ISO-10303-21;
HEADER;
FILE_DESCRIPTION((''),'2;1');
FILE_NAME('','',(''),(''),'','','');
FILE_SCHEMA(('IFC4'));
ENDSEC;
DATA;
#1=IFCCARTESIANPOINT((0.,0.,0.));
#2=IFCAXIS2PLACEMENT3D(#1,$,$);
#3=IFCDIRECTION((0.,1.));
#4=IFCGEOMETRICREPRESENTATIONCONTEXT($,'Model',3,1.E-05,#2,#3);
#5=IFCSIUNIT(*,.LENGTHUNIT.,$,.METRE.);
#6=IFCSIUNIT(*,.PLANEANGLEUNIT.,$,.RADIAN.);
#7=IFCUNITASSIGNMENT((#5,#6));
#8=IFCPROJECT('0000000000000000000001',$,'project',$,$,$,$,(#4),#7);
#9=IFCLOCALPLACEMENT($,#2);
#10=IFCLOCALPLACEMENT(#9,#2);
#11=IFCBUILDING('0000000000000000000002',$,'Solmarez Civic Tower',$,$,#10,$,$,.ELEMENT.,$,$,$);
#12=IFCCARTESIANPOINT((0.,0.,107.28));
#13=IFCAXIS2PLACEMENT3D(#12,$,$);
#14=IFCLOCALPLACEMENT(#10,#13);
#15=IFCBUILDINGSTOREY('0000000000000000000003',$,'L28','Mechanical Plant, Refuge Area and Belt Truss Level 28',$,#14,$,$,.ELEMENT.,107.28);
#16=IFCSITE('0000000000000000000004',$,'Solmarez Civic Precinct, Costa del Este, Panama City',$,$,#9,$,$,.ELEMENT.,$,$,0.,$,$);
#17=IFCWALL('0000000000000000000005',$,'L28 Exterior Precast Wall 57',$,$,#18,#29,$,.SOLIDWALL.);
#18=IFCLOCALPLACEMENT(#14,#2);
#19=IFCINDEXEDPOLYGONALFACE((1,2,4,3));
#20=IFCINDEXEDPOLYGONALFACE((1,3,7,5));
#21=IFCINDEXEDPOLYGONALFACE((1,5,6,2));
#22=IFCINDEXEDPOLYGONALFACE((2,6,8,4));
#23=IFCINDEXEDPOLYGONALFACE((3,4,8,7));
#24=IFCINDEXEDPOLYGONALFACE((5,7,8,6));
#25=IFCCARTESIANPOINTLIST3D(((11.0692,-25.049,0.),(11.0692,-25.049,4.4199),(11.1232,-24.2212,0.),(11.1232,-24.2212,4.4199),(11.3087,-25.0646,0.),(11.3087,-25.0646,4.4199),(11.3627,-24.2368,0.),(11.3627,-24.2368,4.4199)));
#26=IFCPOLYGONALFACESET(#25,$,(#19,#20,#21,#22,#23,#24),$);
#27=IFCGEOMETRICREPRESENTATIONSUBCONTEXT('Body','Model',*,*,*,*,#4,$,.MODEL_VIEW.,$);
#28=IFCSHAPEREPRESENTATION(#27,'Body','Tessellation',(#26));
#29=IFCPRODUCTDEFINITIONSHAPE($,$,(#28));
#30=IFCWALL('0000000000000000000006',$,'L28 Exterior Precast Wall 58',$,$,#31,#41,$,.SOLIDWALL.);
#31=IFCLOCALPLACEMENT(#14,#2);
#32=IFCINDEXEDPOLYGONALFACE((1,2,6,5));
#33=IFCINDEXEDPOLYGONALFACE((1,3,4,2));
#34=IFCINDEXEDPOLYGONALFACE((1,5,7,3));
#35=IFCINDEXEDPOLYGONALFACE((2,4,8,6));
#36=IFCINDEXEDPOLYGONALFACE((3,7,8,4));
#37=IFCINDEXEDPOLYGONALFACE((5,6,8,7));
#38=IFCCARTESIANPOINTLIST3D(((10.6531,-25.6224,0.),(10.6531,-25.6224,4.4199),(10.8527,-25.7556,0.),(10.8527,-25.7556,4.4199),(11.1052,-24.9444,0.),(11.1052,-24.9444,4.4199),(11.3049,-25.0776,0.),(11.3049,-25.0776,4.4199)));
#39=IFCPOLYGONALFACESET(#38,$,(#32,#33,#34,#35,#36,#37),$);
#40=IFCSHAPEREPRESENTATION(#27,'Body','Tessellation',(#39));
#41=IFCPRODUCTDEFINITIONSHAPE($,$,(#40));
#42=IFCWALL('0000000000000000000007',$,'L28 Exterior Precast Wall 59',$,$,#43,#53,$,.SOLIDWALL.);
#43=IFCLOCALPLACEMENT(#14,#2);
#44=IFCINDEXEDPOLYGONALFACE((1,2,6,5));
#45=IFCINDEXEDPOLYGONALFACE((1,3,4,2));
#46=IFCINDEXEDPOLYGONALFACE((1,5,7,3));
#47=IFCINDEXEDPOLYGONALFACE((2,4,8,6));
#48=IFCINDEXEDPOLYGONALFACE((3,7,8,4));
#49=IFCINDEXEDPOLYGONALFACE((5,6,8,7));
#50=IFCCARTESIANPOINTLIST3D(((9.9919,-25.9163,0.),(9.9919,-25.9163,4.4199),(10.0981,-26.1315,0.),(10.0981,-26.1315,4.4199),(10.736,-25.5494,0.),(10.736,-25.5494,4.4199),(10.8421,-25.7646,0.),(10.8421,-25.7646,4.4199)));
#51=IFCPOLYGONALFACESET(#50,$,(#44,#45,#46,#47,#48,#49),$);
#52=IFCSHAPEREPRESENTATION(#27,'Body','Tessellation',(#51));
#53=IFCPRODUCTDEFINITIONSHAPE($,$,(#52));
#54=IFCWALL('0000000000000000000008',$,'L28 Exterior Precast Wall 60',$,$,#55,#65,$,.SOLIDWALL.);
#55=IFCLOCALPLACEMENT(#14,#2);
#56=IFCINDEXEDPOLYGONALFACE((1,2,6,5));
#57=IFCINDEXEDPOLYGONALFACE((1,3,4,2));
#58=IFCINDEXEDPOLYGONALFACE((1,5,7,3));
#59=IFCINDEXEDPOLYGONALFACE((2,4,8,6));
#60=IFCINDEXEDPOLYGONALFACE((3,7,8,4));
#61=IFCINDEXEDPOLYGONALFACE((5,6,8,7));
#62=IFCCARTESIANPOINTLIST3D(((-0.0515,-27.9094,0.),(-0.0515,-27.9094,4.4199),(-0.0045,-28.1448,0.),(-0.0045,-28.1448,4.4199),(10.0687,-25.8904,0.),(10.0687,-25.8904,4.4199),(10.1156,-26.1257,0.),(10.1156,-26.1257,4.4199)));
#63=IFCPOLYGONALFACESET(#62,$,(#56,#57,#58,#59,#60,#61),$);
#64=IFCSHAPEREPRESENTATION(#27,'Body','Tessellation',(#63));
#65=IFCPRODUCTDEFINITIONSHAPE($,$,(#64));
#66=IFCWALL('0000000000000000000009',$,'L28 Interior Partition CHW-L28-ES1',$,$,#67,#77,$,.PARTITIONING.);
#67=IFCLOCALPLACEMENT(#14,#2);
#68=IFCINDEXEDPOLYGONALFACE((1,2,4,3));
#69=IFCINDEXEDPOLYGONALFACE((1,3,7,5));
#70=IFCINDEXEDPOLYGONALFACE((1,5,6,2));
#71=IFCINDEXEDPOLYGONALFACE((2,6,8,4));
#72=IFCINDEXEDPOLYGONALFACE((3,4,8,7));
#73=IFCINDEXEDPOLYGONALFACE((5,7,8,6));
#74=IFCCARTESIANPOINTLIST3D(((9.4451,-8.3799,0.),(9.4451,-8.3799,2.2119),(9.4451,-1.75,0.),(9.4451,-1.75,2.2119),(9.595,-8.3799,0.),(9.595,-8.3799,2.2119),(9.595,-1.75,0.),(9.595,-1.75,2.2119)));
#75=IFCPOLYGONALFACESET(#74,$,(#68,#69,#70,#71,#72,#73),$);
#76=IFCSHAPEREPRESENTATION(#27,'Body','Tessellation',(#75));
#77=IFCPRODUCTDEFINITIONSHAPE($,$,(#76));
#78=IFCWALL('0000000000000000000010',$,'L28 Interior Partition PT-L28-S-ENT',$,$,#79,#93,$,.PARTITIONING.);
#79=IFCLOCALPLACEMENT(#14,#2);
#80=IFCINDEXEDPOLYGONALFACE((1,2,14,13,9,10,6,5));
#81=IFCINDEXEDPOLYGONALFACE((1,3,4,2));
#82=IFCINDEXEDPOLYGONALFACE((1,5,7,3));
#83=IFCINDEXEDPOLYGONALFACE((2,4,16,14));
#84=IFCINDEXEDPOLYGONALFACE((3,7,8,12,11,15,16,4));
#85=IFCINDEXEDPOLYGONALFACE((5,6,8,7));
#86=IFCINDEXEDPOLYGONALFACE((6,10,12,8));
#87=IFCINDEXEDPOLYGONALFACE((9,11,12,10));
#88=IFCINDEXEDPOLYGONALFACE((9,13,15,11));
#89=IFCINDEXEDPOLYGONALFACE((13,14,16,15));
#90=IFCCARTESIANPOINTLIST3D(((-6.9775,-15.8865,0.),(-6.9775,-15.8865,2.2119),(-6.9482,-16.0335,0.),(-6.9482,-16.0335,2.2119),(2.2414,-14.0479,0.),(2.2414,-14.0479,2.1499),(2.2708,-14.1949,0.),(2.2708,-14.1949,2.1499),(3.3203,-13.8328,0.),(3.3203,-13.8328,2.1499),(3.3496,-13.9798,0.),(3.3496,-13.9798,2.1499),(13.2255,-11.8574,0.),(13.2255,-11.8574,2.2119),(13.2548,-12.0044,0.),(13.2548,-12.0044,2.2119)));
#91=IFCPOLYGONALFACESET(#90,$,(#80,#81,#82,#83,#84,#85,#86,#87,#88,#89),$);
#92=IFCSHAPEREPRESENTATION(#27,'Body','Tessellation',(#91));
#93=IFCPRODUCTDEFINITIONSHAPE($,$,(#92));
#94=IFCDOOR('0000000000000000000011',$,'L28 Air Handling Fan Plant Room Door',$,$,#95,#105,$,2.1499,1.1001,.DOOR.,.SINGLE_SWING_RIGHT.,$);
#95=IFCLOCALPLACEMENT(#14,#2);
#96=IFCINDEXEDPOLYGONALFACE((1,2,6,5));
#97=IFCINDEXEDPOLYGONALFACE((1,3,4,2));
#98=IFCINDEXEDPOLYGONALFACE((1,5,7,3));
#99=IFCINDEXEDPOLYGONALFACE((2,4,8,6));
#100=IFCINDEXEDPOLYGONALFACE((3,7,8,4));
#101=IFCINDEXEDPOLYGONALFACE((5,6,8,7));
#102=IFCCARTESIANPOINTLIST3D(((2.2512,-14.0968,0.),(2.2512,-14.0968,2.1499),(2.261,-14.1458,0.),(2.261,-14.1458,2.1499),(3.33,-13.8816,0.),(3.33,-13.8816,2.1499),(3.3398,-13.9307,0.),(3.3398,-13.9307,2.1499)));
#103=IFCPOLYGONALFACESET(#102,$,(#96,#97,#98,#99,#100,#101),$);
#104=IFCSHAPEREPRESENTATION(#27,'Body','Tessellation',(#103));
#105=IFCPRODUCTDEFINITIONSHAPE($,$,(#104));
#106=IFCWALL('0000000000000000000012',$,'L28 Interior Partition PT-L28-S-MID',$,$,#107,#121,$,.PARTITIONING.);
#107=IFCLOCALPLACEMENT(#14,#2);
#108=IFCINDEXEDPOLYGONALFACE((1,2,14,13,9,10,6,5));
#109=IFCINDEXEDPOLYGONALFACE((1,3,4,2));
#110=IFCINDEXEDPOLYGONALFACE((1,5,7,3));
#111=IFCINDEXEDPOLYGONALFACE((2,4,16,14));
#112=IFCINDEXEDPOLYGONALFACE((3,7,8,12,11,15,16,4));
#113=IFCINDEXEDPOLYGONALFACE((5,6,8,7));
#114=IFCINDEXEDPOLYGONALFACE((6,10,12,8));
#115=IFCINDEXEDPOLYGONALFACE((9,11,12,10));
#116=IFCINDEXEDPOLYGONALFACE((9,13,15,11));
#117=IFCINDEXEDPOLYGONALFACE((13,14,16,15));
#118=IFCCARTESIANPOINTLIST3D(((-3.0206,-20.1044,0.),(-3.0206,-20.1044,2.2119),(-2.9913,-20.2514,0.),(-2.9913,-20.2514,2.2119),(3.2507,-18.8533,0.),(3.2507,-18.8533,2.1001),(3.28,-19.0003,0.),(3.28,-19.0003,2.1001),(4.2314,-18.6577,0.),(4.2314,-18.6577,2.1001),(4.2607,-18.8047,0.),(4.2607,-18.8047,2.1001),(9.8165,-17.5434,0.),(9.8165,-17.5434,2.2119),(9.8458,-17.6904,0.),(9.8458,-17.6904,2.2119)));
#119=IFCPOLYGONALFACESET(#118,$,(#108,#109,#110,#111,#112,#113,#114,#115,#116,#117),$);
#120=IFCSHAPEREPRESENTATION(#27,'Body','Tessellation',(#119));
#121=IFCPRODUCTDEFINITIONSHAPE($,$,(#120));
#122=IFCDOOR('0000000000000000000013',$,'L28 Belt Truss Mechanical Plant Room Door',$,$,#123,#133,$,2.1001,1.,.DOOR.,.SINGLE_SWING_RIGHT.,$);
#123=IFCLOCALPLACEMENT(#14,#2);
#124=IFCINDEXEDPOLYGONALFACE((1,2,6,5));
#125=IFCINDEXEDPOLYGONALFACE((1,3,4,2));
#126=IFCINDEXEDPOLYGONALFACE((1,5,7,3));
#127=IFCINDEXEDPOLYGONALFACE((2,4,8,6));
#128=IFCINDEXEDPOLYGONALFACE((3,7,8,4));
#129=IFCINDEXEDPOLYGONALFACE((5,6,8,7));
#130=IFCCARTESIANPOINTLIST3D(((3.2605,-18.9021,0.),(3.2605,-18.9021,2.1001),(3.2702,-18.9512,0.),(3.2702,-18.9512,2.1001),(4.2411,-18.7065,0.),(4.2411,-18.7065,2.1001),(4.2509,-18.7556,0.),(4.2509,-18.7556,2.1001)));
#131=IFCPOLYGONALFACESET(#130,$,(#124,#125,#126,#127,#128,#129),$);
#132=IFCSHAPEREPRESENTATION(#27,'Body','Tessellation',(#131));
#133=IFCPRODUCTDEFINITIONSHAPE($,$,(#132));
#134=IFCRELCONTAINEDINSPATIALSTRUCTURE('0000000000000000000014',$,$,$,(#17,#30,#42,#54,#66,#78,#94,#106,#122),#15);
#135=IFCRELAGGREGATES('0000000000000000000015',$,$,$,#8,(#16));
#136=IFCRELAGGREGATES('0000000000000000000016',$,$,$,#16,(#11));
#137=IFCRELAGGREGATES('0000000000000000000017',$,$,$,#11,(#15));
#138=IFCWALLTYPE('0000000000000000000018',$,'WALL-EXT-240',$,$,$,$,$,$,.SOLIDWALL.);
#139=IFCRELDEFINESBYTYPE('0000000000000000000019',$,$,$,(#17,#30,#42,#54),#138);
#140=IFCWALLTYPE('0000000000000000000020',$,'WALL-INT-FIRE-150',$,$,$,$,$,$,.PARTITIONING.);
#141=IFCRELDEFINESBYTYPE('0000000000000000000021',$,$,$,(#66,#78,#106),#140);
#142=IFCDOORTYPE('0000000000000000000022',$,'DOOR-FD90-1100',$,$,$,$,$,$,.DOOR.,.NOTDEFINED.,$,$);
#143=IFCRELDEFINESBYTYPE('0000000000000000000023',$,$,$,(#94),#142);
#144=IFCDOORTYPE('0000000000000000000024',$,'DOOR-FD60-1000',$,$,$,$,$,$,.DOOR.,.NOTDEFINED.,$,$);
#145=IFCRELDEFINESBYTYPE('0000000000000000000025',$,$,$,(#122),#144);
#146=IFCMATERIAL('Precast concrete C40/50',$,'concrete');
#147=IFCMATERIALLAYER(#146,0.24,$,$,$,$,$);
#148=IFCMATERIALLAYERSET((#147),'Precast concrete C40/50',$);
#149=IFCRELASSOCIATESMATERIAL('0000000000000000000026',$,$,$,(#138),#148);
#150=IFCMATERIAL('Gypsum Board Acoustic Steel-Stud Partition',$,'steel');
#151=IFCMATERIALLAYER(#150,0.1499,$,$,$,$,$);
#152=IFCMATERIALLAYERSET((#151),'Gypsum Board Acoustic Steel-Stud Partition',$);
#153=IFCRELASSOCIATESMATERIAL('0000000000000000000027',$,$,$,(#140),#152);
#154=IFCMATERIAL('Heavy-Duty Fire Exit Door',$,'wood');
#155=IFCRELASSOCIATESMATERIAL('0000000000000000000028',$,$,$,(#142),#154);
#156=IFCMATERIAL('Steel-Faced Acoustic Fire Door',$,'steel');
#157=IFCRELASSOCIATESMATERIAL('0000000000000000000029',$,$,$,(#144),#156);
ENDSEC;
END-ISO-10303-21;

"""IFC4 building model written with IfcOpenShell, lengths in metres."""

from ifc_helpers import new_model, si_unit, direction, frame, frame_2d, origin, place, context, subcontext, project, spatial, rectangle, extrude, material, layer, layer_set, type_object, element, fill, save


model = new_model("IFC4")

# Units and contexts
model_context = context("Model", 3, precision=1e-05, world=origin(), true_north=direction((0.0, 1.0)))
body_context = subcontext(model_context, "Body", "Model", "MODEL_VIEW")
ifc_project = project(units=[si_unit("LENGTHUNIT", "METRE"), si_unit("PLANEANGLEUNIT", "RADIAN")], contexts=[model_context])

# Site, building, storey
site_placement = place(None, origin())
site = spatial("IfcSite", under=ifc_project, at=site_placement, Name="Solmarez Civic Precinct, Costa del Este, Panama City", CompositionType="ELEMENT", RefElevation=0.0)
building_placement = place(site_placement, origin())
building = spatial("IfcBuilding", under=site, at=building_placement, Name="Solmarez Civic Tower", CompositionType="ELEMENT")
storey_placement = place(building_placement, frame((0.0, 0.0, 107.28)))
storey = spatial("IfcBuildingStorey", under=building, at=storey_placement, Name="L28", Description="Mechanical Plant, Refuge Area and Belt Truss Level 28", CompositionType="ELEMENT", Elevation=107.28)

# Walls
ifc_material_1 = material(Name="Precast concrete C40/50", Category="concrete")
ifc_layer_1 = layer(ifc_material_1, 0.24)
ifc_layer_set_1 = layer_set([ifc_layer_1], Name="Precast concrete C40/50")
wall_type_1 = type_object("IfcWallType", Name="WALL-EXT-240", PredefinedType="SOLIDWALL", material=ifc_layer_set_1)
wall_1_placement = place(storey_placement, frame((11.2429, -24.229, 0.0), z_axis=(0.0, 0.0, 1.0), x_axis=(-0.065035, -0.997883, 0.0)))
element("IfcWall", 1, at=wall_1_placement, inside=storey, type_object=wall_type_1, Name="L28 Exterior Precast Wall 57", PredefinedType="SOLIDWALL", context=body_context, shape_type="SweptSolid", body=[
    extrude(rectangle(XDim=0.8296, YDim=0.24, at=frame_2d((0.4148, 0.0))), origin(), (0.0, 0.0, 1.0), 4.4199),
])
wall_2_placement = place(storey_placement, frame((11.2051, -25.011, 0.0), z_axis=(0.0, 0.0, 1.0), x_axis=(-0.554838, -0.831958, 0.0)))
element("IfcWall", 2, at=wall_2_placement, inside=storey, type_object=wall_type_1, Name="L28 Exterior Precast Wall 58", PredefinedType="SOLIDWALL", context=body_context, shape_type="SweptSolid", body=[
    extrude(rectangle(XDim=0.8149, YDim=0.24, at=frame_2d((0.4075, 0.0))), origin(), (0.0, 0.0, 1.0), 4.4199),
])
wall_3_placement = place(storey_placement, frame((10.7891, -25.657, 0.0), z_axis=(0.0, 0.0, 1.0), x_axis=(-0.896885, -0.442263, 0.0)))
element("IfcWall", 3, at=wall_3_placement, inside=storey, type_object=wall_type_1, Name="L28 Exterior Precast Wall 59", PredefinedType="SOLIDWALL", context=body_context, shape_type="SweptSolid", body=[
    extrude(rectangle(XDim=0.8296, YDim=0.24, at=frame_2d((0.4148, 0.0))), origin(), (0.0, 0.0, 1.0), 4.4199),
])
wall_4_placement = place(storey_placement, frame((10.092, -26.0081, 0.0), z_axis=(0.0, 0.0, 1.0), x_axis=(-0.980673, -0.195652, 0.0)))
element("IfcWall", 4, at=wall_4_placement, inside=storey, type_object=wall_type_1, Name="L28 Exterior Precast Wall 60", PredefinedType="SOLIDWALL", context=body_context, shape_type="SweptSolid", body=[
    extrude(rectangle(XDim=10.3196, YDim=0.24, at=frame_2d((5.1597, 0.0))), origin(), (0.0, 0.0, 1.0), 4.4199),
])
ifc_material_2 = material(Name="Gypsum Board Acoustic Steel-Stud Partition", Category="steel")
ifc_layer_2 = layer(ifc_material_2, 0.1499)
ifc_layer_set_2 = layer_set([ifc_layer_2], Name="Gypsum Board Acoustic Steel-Stud Partition")
wall_type_2 = type_object("IfcWallType", Name="WALL-INT-FIRE-150", PredefinedType="PARTITIONING", material=ifc_layer_set_2)
wall_5_placement = place(storey_placement, frame((9.52, -8.3799, 0.0), z_axis=(0.0, 0.0, 1.0), x_axis=(0.0, 1.0, 0.0)))
element("IfcWall", 5, at=wall_5_placement, inside=storey, type_object=wall_type_2, Name="L28 Interior Partition CHW-L28-ES1", PredefinedType="PARTITIONING", context=body_context, shape_type="SweptSolid", body=[
    extrude(rectangle(XDim=6.6299, YDim=0.1499, at=frame_2d((3.3149, 0.0))), origin(), (0.0, 0.0, 1.0), 2.2119),
])

# Walls, openings, doors
wall_6_placement = place(storey_placement, frame((13.24, -11.9309, 0.0), z_axis=(0.0, 0.0, 1.0), x_axis=(-0.980688, -0.195578, 0.0)))
wall_6 = element("IfcWall", 6, at=wall_6_placement, inside=storey, type_object=wall_type_2, Name="L28 Interior Partition PT-L28-S-ENT", PredefinedType="PARTITIONING", context=body_context, shape_type="SweptSolid", body=[
    extrude(rectangle(XDim=20.6008, YDim=0.1499, at=frame_2d((10.3003, 0.0))), origin(), (0.0, 0.0, 1.0), 2.2119),
])
opening_1_placement = place(wall_6_placement, frame((10.1001, 0.0, 0.0)))
opening_1 = element("IfcOpeningElement", 7, at=opening_1_placement, cuts=wall_6, PredefinedType="OPENING", context=body_context, shape_type="SweptSolid", body=[
    extrude(rectangle(XDim=1.1001, YDim=2.1499, at=frame_2d((0.55, 1.075))), frame((0.0, 0.085, 0.0), z_axis=(0.0, -1.0, 0.0), x_axis=(1.0, 0.0, 0.0)), (0.0, 0.0, 1.0), 0.1699),
])
ifc_material_3 = material(Name="Heavy-Duty Fire Exit Door", Category="wood")
door_type_1 = type_object("IfcDoorType", Name="DOOR-FD90-1100", OperationType="NOTDEFINED", PredefinedType="DOOR", material=ifc_material_3)
door_1_placement = place(opening_1_placement, origin())
door_1 = element("IfcDoor", 8, at=door_1_placement, inside=storey, type_object=door_type_1, Name="L28 Air Handling Fan Plant Room Door", OperationType="SINGLE_SWING_RIGHT", OverallHeight=2.1499, OverallWidth=1.1001, PredefinedType="DOOR", context=body_context, shape_type="SweptSolid", body=[
    extrude(rectangle(XDim=1.1001, YDim=2.1499, at=frame_2d((0.55, 1.075))), frame((0.0, 0.0249, 0.0), z_axis=(0.0, -1.0, 0.0), x_axis=(1.0, 0.0, 0.0)), (0.0, 0.0, 1.0), 0.05),
])
fill(opening_1, door_1)
wall_7_placement = place(storey_placement, frame((9.8311, -17.6169, 0.0), z_axis=(0.0, 0.0, 1.0), x_axis=(-0.980675, -0.195646, 0.0)))
wall_7 = element("IfcWall", 9, at=wall_7_placement, inside=storey, type_object=wall_type_2, Name="L28 Interior Partition PT-L28-S-MID", PredefinedType="PARTITIONING", context=body_context, shape_type="SweptSolid", body=[
    extrude(rectangle(XDim=13.0901, YDim=0.1499, at=frame_2d((6.5449, 0.0))), origin(), (0.0, 0.0, 1.0), 2.2119),
])
opening_2_placement = place(wall_7_placement, frame((5.6951, 0.0, 0.0)))
opening_2 = element("IfcOpeningElement", 10, at=opening_2_placement, cuts=wall_7, PredefinedType="OPENING", context=body_context, shape_type="SweptSolid", body=[
    extrude(rectangle(XDim=1.0, YDim=2.1001, at=frame_2d((0.5, 1.05))), frame((0.0, 0.085, 0.0), z_axis=(0.0, -1.0, 0.0), x_axis=(1.0, 0.0, 0.0)), (0.0, 0.0, 1.0), 0.1699),
])
ifc_material_4 = material(Name="Steel-Faced Acoustic Fire Door", Category="steel")
door_type_2 = type_object("IfcDoorType", Name="DOOR-FD60-1000", OperationType="NOTDEFINED", PredefinedType="DOOR", material=ifc_material_4)
door_2_placement = place(opening_2_placement, origin())
door_2 = element("IfcDoor", 11, at=door_2_placement, inside=storey, type_object=door_type_2, Name="L28 Belt Truss Mechanical Plant Room Door", OperationType="SINGLE_SWING_RIGHT", OverallHeight=2.1001, OverallWidth=1.0, PredefinedType="DOOR", context=body_context, shape_type="SweptSolid", body=[
    extrude(rectangle(XDim=1.0, YDim=2.1001, at=frame_2d((0.5, 1.05))), frame((0.0, 0.0249, 0.0), z_axis=(0.0, -1.0, 0.0), x_axis=(1.0, 0.0, 0.0)), (0.0, 0.0, 1.0), 0.05),
])
fill(opening_2, door_2)

save(model, "model.ifc")
